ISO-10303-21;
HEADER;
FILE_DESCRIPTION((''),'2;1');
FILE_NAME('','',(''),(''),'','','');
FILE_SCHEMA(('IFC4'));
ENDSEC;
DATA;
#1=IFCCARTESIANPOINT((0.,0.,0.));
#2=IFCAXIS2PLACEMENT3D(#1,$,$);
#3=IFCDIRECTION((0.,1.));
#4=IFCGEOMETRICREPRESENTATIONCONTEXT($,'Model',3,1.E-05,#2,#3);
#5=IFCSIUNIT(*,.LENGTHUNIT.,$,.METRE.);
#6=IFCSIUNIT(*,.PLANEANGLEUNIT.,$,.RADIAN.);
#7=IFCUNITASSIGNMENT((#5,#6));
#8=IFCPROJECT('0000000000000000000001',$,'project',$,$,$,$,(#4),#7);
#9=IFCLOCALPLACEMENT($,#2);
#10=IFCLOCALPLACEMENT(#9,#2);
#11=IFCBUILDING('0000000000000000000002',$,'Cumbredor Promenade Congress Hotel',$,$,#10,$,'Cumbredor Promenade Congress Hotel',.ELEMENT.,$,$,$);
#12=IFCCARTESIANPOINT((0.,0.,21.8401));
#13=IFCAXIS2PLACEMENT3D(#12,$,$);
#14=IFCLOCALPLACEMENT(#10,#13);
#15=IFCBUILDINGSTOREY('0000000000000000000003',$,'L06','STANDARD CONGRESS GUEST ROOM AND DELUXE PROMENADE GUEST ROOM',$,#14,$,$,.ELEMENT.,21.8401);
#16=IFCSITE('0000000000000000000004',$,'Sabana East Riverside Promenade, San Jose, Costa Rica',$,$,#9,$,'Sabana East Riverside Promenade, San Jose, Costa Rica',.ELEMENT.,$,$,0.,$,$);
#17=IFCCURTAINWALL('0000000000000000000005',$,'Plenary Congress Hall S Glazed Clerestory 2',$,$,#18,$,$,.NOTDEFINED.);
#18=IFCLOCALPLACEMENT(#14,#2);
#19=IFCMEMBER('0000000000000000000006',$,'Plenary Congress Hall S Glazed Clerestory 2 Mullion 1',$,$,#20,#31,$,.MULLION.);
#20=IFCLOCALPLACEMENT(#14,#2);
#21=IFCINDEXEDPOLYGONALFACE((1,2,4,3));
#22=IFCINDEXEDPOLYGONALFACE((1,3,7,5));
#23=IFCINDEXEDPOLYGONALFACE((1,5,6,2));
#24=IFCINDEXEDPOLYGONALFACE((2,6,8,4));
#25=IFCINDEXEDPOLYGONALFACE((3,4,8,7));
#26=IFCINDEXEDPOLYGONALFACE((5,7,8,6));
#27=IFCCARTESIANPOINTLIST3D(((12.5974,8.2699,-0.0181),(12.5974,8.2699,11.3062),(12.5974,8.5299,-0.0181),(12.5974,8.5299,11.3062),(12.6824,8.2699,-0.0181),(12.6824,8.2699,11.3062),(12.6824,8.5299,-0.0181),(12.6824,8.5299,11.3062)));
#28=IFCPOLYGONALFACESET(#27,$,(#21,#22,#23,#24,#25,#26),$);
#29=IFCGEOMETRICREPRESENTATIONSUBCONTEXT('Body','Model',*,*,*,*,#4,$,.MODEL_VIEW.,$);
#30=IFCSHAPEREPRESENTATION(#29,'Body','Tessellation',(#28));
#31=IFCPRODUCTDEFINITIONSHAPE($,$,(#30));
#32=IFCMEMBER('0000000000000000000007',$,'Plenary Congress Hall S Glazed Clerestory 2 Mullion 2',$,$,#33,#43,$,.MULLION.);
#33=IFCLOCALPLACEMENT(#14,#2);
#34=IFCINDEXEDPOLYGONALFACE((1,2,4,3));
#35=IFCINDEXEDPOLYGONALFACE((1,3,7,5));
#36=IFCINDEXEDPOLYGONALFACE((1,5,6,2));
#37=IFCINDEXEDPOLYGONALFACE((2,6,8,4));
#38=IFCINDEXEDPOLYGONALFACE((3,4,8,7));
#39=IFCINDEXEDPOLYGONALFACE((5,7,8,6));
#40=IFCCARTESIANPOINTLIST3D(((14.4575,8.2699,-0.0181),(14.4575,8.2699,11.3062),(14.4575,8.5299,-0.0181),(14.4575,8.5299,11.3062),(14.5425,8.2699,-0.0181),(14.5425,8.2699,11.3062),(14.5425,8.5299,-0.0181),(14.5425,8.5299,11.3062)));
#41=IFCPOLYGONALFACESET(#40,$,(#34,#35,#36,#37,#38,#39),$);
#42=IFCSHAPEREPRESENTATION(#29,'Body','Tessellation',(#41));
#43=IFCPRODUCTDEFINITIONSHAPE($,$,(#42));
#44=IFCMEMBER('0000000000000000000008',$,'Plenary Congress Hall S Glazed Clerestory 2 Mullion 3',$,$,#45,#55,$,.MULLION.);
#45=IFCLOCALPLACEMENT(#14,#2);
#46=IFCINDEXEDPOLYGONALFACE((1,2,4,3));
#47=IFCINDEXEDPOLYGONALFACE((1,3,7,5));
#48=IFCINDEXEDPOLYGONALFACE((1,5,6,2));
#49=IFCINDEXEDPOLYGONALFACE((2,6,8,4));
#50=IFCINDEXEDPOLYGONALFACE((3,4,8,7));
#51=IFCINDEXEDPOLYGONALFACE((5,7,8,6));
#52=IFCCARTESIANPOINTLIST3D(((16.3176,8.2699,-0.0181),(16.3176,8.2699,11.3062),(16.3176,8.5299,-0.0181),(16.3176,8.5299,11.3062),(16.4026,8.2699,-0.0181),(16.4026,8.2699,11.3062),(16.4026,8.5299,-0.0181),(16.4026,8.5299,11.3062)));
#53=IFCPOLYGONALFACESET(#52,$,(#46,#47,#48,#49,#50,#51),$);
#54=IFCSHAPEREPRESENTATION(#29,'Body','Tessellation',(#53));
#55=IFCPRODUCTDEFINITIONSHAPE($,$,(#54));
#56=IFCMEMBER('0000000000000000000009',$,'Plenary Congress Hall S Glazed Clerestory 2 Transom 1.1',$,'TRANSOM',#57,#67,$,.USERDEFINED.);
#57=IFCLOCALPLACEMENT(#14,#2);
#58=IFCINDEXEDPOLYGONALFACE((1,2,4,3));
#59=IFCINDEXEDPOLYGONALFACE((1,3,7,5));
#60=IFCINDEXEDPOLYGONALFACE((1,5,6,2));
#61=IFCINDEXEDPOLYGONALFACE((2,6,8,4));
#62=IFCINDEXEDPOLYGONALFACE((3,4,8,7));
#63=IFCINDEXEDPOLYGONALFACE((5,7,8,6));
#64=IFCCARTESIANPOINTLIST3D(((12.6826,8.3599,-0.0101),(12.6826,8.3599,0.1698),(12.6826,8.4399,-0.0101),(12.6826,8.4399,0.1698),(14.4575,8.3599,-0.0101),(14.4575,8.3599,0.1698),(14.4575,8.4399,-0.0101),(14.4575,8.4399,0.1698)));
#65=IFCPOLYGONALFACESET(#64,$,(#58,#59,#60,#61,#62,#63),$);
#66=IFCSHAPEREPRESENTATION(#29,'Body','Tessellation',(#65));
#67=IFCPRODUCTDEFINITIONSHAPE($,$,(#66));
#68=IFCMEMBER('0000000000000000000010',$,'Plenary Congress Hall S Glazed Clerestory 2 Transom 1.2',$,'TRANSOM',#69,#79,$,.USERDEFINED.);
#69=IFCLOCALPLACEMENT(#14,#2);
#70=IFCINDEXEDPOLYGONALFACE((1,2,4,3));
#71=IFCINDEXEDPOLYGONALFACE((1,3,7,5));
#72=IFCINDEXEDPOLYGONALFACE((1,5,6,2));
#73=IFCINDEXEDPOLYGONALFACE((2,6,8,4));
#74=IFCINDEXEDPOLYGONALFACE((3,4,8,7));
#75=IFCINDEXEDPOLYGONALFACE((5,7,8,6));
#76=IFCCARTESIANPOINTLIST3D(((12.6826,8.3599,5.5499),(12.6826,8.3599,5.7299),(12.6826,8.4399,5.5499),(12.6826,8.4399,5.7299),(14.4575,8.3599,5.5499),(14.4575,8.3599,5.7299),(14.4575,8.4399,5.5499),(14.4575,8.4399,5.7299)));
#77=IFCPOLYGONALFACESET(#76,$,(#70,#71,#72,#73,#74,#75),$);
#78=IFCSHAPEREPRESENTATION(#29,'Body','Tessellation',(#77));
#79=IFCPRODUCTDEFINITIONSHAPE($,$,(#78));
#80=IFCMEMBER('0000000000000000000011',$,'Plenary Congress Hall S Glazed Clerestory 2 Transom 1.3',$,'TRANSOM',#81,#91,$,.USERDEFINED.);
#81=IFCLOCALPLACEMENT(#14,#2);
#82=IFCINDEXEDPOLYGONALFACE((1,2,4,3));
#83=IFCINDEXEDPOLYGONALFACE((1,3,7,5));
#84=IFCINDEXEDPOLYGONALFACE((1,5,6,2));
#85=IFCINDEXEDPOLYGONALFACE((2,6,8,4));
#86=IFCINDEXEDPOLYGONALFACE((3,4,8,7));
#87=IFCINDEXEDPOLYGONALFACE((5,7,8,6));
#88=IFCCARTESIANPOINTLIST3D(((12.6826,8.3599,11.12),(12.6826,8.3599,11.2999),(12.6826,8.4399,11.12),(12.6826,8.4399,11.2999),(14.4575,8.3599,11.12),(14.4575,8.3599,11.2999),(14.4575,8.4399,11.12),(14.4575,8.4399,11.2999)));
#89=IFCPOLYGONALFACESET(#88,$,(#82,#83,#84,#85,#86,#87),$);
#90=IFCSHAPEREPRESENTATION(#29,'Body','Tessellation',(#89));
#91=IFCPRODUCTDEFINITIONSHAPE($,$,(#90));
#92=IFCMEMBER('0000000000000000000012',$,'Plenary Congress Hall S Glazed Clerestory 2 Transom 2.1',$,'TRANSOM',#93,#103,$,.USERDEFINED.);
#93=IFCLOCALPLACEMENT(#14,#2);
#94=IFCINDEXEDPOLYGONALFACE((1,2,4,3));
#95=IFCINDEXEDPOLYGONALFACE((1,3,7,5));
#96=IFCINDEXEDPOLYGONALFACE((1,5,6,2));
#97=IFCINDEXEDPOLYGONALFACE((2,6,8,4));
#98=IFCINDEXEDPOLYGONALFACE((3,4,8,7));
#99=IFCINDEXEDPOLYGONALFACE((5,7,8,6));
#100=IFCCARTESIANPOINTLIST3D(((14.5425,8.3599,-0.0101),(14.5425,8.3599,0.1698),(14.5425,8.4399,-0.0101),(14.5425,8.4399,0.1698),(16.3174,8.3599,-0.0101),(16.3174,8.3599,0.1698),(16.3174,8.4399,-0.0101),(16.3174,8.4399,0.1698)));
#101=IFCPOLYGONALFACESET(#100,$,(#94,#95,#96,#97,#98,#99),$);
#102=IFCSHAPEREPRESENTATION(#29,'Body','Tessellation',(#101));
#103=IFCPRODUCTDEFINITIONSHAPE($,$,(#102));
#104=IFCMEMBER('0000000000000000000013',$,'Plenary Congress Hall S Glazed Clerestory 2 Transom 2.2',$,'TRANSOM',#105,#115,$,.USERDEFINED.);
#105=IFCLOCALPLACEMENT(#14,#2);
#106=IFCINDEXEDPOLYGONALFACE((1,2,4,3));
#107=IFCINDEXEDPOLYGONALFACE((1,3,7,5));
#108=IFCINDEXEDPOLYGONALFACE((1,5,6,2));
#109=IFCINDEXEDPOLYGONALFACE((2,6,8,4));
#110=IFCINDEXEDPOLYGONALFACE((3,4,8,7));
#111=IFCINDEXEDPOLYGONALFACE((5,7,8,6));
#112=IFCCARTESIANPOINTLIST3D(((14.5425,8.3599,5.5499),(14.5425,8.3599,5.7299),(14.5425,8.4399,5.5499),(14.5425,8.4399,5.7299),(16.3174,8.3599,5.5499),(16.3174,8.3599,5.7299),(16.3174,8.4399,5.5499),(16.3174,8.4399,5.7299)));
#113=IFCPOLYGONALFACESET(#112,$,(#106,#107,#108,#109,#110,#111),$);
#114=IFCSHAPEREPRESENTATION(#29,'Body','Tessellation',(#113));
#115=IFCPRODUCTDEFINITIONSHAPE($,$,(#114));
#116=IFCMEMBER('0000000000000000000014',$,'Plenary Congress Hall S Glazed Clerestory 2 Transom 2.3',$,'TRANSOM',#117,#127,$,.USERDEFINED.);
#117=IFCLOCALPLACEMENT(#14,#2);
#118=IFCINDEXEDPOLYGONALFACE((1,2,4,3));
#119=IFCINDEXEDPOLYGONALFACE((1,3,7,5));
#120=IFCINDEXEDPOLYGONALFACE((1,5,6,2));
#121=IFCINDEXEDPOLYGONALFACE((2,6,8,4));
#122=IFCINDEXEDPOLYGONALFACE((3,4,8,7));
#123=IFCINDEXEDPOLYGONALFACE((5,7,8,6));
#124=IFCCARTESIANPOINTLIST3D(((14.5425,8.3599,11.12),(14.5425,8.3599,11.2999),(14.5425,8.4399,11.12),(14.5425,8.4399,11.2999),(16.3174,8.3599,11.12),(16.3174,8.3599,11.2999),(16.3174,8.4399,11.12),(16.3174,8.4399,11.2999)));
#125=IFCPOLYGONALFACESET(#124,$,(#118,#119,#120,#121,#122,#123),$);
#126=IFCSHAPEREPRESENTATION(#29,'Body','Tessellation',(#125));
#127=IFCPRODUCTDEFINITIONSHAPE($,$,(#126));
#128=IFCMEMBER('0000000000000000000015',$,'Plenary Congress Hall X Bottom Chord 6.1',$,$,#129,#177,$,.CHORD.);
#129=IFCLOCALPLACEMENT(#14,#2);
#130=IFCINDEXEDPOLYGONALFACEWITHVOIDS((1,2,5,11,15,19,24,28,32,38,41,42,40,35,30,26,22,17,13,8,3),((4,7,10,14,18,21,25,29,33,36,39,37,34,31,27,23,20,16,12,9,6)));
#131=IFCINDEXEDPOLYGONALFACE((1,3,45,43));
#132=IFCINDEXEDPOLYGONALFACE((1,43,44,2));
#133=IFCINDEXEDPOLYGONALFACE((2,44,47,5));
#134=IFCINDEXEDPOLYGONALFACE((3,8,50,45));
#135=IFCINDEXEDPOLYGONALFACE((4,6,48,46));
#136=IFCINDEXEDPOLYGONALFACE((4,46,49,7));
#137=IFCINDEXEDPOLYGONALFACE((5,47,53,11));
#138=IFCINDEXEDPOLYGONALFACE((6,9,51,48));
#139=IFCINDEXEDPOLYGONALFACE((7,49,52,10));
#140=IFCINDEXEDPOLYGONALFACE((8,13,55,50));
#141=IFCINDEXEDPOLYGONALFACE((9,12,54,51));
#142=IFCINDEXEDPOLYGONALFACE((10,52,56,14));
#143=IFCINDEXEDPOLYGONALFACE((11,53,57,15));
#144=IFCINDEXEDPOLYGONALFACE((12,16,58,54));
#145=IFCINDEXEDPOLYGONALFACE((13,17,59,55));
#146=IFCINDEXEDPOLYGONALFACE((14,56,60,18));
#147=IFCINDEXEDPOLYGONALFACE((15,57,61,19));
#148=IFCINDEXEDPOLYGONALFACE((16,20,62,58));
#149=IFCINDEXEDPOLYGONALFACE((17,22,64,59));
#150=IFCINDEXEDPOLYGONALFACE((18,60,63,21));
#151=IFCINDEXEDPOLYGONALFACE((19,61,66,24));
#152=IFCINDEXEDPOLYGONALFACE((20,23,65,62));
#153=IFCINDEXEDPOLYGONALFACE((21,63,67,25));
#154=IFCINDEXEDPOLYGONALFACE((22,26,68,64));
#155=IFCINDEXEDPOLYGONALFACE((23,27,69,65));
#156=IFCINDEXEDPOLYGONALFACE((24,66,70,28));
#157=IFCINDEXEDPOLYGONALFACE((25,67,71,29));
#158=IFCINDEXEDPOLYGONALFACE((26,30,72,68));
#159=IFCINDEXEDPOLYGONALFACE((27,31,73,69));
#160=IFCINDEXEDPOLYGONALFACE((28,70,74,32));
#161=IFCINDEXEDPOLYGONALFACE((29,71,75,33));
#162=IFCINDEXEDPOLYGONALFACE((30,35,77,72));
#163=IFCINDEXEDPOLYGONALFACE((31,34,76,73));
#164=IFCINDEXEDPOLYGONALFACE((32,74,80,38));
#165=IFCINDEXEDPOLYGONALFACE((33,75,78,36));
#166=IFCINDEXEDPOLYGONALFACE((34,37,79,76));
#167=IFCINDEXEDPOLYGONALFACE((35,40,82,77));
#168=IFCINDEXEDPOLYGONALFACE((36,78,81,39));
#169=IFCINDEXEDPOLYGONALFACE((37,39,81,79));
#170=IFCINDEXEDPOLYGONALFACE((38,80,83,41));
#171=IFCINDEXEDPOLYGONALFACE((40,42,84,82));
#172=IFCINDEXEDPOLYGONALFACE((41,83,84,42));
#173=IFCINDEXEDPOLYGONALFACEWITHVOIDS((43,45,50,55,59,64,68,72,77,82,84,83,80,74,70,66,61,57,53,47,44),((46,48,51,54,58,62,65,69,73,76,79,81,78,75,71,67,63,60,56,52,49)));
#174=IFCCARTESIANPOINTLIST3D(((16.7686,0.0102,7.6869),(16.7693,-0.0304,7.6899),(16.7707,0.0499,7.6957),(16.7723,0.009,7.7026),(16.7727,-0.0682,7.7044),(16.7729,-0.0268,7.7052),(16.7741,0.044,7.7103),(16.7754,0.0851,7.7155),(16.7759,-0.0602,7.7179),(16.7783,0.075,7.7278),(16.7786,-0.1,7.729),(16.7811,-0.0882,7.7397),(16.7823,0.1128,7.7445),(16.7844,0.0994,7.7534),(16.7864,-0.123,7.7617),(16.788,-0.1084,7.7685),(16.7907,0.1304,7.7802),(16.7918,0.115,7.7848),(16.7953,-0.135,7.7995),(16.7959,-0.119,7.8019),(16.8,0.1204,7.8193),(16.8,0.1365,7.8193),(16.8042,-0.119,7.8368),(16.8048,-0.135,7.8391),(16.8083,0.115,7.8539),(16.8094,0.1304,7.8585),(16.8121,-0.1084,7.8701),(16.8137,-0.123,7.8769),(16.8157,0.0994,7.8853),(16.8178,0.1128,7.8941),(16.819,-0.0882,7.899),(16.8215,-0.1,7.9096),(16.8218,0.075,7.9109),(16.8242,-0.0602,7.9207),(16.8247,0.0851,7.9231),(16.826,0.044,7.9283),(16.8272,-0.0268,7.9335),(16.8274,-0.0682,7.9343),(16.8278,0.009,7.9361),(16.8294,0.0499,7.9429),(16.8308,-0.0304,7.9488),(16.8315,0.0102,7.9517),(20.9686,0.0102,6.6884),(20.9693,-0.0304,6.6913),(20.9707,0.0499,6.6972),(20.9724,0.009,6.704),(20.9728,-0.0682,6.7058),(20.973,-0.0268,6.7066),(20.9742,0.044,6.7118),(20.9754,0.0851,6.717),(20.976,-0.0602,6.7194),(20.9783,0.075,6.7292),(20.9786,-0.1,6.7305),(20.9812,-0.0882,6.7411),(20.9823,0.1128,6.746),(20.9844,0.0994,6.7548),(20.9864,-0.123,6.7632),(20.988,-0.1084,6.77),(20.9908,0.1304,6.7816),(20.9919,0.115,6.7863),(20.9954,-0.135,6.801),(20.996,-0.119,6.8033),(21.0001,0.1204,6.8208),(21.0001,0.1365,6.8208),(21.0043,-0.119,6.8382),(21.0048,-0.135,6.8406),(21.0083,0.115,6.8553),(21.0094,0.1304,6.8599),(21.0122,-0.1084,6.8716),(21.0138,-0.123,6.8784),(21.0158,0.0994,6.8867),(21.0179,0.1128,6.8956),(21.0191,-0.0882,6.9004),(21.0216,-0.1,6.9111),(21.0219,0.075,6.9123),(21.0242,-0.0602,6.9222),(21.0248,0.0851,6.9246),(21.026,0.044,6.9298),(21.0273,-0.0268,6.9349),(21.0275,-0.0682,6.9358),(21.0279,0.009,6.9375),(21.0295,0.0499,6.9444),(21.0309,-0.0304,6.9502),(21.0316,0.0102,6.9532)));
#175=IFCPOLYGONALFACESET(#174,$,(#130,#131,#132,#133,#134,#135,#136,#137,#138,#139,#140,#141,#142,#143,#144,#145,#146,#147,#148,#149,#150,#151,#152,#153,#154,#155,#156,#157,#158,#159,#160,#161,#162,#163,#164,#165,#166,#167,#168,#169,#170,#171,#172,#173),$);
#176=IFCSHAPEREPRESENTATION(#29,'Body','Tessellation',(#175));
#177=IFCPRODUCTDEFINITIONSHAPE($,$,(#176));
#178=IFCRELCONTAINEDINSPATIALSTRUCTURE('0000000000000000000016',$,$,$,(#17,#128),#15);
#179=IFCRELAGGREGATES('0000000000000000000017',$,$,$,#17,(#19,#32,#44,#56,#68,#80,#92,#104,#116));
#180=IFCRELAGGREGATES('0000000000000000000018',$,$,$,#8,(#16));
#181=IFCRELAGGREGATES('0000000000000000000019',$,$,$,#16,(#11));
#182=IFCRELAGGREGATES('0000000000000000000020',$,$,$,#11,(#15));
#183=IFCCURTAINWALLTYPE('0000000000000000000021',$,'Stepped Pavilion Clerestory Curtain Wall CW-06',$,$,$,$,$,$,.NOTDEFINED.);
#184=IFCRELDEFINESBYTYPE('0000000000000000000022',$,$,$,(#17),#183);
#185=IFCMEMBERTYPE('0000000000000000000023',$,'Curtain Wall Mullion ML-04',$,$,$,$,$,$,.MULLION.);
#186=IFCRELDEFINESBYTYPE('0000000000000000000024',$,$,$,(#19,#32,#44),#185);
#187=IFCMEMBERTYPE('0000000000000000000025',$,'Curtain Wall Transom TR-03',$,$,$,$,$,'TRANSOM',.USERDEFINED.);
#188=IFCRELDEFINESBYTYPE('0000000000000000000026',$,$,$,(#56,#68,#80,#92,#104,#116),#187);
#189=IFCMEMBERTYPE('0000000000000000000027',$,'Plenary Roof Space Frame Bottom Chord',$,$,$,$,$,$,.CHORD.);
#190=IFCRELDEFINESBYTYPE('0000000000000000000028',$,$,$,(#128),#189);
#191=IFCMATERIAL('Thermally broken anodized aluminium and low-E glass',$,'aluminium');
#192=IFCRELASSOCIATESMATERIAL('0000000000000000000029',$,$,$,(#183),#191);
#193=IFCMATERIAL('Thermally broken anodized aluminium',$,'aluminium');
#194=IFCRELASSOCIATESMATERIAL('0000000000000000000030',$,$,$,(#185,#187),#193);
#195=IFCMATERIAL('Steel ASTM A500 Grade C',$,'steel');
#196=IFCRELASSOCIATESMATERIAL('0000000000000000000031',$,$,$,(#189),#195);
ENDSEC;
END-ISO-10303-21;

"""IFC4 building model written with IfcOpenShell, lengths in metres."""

from ifc_helpers import new_model, si_unit, direction, frame, origin, origin_2d, place, context, subcontext, project, spatial, rectangle, hollow_circle, extrude, material, material_profile, profile_set, type_object, element, aggregate, save


model = new_model("IFC4")

# Units and contexts
model_context = context("Model", 3, precision=1e-05, world=origin(), true_north=direction((0.0, 1.0)))
body_context = subcontext(model_context, "Body", "Model", "MODEL_VIEW")
ifc_project = project(units=[si_unit("LENGTHUNIT", "METRE"), si_unit("PLANEANGLEUNIT", "RADIAN")], contexts=[model_context])

# Site, building, storey
site_placement = place(None, origin())
site = spatial("IfcSite", under=ifc_project, at=site_placement, Name="Sabana East Riverside Promenade, San Jose, Costa Rica", LongName="Sabana East Riverside Promenade, San Jose, Costa Rica", CompositionType="ELEMENT", RefElevation=0.0)
building_placement = place(site_placement, origin())
building = spatial("IfcBuilding", under=site, at=building_placement, Name="Cumbredor Promenade Congress Hotel", LongName="Cumbredor Promenade Congress Hotel", CompositionType="ELEMENT")
storey_placement = place(building_placement, frame((0.0, 0.0, 21.8401)))
storey = spatial("IfcBuildingStorey", under=building, at=storey_placement, Name="L06", Description="STANDARD CONGRESS GUEST ROOM AND DELUXE PROMENADE GUEST ROOM", CompositionType="ELEMENT", Elevation=21.8401)

# Curtain wall, members
ifc_material_1 = material(Name="Thermally broken anodized aluminium and low-E glass", Category="aluminium")
curtain_wall_type = type_object("IfcCurtainWallType", Name="Stepped Pavilion Clerestory Curtain Wall CW-06", PredefinedType="NOTDEFINED", material=ifc_material_1)
curtain_wall_placement = place(storey_placement, origin())
curtain_wall = element("IfcCurtainWall", 1, at=curtain_wall_placement, inside=storey, type_object=curtain_wall_type, Name="Plenary Congress Hall S Glazed Clerestory 2", PredefinedType="NOTDEFINED")
ifc_material_2 = material(Name="Thermally broken anodized aluminium", Category="aluminium")
ifc_material_profile_1 = material_profile(ifc_material_2, rectangle(XDim=0.085, YDim=0.26, at=origin_2d()), Name="ALU MULLION CLERESTORY 85x260")
ifc_profile_set_1 = profile_set([ifc_material_profile_1], Name="Thermally broken anodized aluminium")
member_type_1 = type_object("IfcMemberType", Name="Curtain Wall Mullion ML-04", PredefinedType="MULLION", material=ifc_profile_set_1)
member_1_placement = place(storey_placement, frame((12.6399, 8.3999, -0.0181), z_axis=(0.0, 0.0, 1.0), x_axis=(1.0, 0.0, 0.0)))
member_1 = element("IfcMember", 2, at=member_1_placement, type_object=member_type_1, Name="Plenary Congress Hall S Glazed Clerestory 2 Mullion 1", PredefinedType="MULLION", context=body_context, shape_type="SweptSolid", body=[
    extrude(rectangle(XDim=0.085, YDim=0.26, at=origin_2d()), origin(), (0.0, 0.0, 1.0), 11.3242),
])
member_2_placement = place(storey_placement, frame((14.5, 8.3999, -0.0181), z_axis=(0.0, 0.0, 1.0), x_axis=(1.0, 0.0, 0.0)))
member_2 = element("IfcMember", 3, at=member_2_placement, type_object=member_type_1, Name="Plenary Congress Hall S Glazed Clerestory 2 Mullion 2", PredefinedType="MULLION", context=body_context, shape_type="SweptSolid", body=[
    extrude(rectangle(XDim=0.085, YDim=0.26, at=origin_2d()), origin(), (0.0, 0.0, 1.0), 11.3242),
])
member_3_placement = place(storey_placement, frame((16.3601, 8.3999, -0.0181), z_axis=(0.0, 0.0, 1.0), x_axis=(1.0, 0.0, 0.0)))
member_3 = element("IfcMember", 4, at=member_3_placement, type_object=member_type_1, Name="Plenary Congress Hall S Glazed Clerestory 2 Mullion 3", PredefinedType="MULLION", context=body_context, shape_type="SweptSolid", body=[
    extrude(rectangle(XDim=0.085, YDim=0.26, at=origin_2d()), origin(), (0.0, 0.0, 1.0), 11.3242),
])
ifc_material_profile_2 = material_profile(ifc_material_2, rectangle(XDim=0.0801, YDim=0.1799, at=origin_2d()), Name="ALU TRANSOM 80x180")
ifc_profile_set_2 = profile_set([ifc_material_profile_2], Name="Thermally broken anodized aluminium")
member_type_2 = type_object("IfcMemberType", Name="Curtain Wall Transom TR-03", ElementType="TRANSOM", PredefinedType="USERDEFINED", material=ifc_profile_set_2)
member_4_placement = place(storey_placement, frame((12.6826, 8.3999, 0.0798), z_axis=(1.0, 0.0, 0.0), x_axis=(0.0, 1.0, 0.0)))
member_4 = element("IfcMember", 5, at=member_4_placement, type_object=member_type_2, Name="Plenary Congress Hall S Glazed Clerestory 2 Transom 1.1", ObjectType="TRANSOM", PredefinedType="USERDEFINED", context=body_context, shape_type="SweptSolid", body=[
    extrude(rectangle(XDim=0.0801, YDim=0.1799, at=origin_2d()), origin(), (0.0, 0.0, 1.0), 1.7749),
])
member_5_placement = place(storey_placement, frame((12.6826, 8.3999, 5.6399), z_axis=(1.0, 0.0, 0.0), x_axis=(0.0, 1.0, 0.0)))
member_5 = element("IfcMember", 6, at=member_5_placement, type_object=member_type_2, Name="Plenary Congress Hall S Glazed Clerestory 2 Transom 1.2", ObjectType="TRANSOM", PredefinedType="USERDEFINED", context=body_context, shape_type="SweptSolid", body=[
    extrude(rectangle(XDim=0.0801, YDim=0.1799, at=origin_2d()), origin(), (0.0, 0.0, 1.0), 1.7749),
])
member_6_placement = place(storey_placement, frame((12.6826, 8.3999, 11.21), z_axis=(1.0, 0.0, 0.0), x_axis=(0.0, 1.0, 0.0)))
member_6 = element("IfcMember", 7, at=member_6_placement, type_object=member_type_2, Name="Plenary Congress Hall S Glazed Clerestory 2 Transom 1.3", ObjectType="TRANSOM", PredefinedType="USERDEFINED", context=body_context, shape_type="SweptSolid", body=[
    extrude(rectangle(XDim=0.0801, YDim=0.1799, at=origin_2d()), origin(), (0.0, 0.0, 1.0), 1.7749),
])
member_7_placement = place(storey_placement, frame((14.5425, 8.3999, 0.0798), z_axis=(1.0, 0.0, 0.0), x_axis=(0.0, 1.0, 0.0)))
member_7 = element("IfcMember", 8, at=member_7_placement, type_object=member_type_2, Name="Plenary Congress Hall S Glazed Clerestory 2 Transom 2.1", ObjectType="TRANSOM", PredefinedType="USERDEFINED", context=body_context, shape_type="SweptSolid", body=[
    extrude(rectangle(XDim=0.0801, YDim=0.1799, at=origin_2d()), origin(), (0.0, 0.0, 1.0), 1.7749),
])
member_8_placement = place(storey_placement, frame((14.5425, 8.3999, 5.6399), z_axis=(1.0, 0.0, 0.0), x_axis=(0.0, 1.0, 0.0)))
member_8 = element("IfcMember", 9, at=member_8_placement, type_object=member_type_2, Name="Plenary Congress Hall S Glazed Clerestory 2 Transom 2.2", ObjectType="TRANSOM", PredefinedType="USERDEFINED", context=body_context, shape_type="SweptSolid", body=[
    extrude(rectangle(XDim=0.0801, YDim=0.1799, at=origin_2d()), origin(), (0.0, 0.0, 1.0), 1.7749),
])
member_9_placement = place(storey_placement, frame((14.5425, 8.3999, 11.21), z_axis=(1.0, 0.0, 0.0), x_axis=(0.0, 1.0, 0.0)))
member_9 = element("IfcMember", 10, at=member_9_placement, type_object=member_type_2, Name="Plenary Congress Hall S Glazed Clerestory 2 Transom 2.3", ObjectType="TRANSOM", PredefinedType="USERDEFINED", context=body_context, shape_type="SweptSolid", body=[
    extrude(rectangle(XDim=0.0801, YDim=0.1799, at=origin_2d()), origin(), (0.0, 0.0, 1.0), 1.7749),
])

# Member
ifc_material_3 = material(Name="Steel ASTM A500 Grade C", Category="steel")
ifc_material_profile_3 = material_profile(ifc_material_3, hollow_circle(Radius=0.1365, WallThickness=0.0161, at=origin_2d()), Name="CHS 273.0x16")
ifc_profile_set_3 = profile_set([ifc_material_profile_3], Name="Steel ASTM A500 Grade C")
member_type_3 = type_object("IfcMemberType", Name="Plenary Roof Space Frame Bottom Chord", PredefinedType="CHORD", material=ifc_profile_set_3)
member_10_placement = place(storey_placement, frame((16.8, 0.0, 7.8193), z_axis=(0.972882, 0.0, -0.231302), x_axis=(0.0, 1.0, 0.0)))
element("IfcMember", 11, at=member_10_placement, inside=storey, type_object=member_type_3, Name="Plenary Congress Hall X Bottom Chord 6.1", PredefinedType="CHORD", context=body_context, shape_type="SweptSolid", body=[
    extrude(hollow_circle(Radius=0.1365, WallThickness=0.0161, at=origin_2d()), origin(), (0.0, 0.0, 1.0), 4.3171),
])

aggregate(curtain_wall, [member_1, member_2, member_3, member_4, member_5, member_6, member_7, member_8, member_9])

save(model, "model.ifc")
